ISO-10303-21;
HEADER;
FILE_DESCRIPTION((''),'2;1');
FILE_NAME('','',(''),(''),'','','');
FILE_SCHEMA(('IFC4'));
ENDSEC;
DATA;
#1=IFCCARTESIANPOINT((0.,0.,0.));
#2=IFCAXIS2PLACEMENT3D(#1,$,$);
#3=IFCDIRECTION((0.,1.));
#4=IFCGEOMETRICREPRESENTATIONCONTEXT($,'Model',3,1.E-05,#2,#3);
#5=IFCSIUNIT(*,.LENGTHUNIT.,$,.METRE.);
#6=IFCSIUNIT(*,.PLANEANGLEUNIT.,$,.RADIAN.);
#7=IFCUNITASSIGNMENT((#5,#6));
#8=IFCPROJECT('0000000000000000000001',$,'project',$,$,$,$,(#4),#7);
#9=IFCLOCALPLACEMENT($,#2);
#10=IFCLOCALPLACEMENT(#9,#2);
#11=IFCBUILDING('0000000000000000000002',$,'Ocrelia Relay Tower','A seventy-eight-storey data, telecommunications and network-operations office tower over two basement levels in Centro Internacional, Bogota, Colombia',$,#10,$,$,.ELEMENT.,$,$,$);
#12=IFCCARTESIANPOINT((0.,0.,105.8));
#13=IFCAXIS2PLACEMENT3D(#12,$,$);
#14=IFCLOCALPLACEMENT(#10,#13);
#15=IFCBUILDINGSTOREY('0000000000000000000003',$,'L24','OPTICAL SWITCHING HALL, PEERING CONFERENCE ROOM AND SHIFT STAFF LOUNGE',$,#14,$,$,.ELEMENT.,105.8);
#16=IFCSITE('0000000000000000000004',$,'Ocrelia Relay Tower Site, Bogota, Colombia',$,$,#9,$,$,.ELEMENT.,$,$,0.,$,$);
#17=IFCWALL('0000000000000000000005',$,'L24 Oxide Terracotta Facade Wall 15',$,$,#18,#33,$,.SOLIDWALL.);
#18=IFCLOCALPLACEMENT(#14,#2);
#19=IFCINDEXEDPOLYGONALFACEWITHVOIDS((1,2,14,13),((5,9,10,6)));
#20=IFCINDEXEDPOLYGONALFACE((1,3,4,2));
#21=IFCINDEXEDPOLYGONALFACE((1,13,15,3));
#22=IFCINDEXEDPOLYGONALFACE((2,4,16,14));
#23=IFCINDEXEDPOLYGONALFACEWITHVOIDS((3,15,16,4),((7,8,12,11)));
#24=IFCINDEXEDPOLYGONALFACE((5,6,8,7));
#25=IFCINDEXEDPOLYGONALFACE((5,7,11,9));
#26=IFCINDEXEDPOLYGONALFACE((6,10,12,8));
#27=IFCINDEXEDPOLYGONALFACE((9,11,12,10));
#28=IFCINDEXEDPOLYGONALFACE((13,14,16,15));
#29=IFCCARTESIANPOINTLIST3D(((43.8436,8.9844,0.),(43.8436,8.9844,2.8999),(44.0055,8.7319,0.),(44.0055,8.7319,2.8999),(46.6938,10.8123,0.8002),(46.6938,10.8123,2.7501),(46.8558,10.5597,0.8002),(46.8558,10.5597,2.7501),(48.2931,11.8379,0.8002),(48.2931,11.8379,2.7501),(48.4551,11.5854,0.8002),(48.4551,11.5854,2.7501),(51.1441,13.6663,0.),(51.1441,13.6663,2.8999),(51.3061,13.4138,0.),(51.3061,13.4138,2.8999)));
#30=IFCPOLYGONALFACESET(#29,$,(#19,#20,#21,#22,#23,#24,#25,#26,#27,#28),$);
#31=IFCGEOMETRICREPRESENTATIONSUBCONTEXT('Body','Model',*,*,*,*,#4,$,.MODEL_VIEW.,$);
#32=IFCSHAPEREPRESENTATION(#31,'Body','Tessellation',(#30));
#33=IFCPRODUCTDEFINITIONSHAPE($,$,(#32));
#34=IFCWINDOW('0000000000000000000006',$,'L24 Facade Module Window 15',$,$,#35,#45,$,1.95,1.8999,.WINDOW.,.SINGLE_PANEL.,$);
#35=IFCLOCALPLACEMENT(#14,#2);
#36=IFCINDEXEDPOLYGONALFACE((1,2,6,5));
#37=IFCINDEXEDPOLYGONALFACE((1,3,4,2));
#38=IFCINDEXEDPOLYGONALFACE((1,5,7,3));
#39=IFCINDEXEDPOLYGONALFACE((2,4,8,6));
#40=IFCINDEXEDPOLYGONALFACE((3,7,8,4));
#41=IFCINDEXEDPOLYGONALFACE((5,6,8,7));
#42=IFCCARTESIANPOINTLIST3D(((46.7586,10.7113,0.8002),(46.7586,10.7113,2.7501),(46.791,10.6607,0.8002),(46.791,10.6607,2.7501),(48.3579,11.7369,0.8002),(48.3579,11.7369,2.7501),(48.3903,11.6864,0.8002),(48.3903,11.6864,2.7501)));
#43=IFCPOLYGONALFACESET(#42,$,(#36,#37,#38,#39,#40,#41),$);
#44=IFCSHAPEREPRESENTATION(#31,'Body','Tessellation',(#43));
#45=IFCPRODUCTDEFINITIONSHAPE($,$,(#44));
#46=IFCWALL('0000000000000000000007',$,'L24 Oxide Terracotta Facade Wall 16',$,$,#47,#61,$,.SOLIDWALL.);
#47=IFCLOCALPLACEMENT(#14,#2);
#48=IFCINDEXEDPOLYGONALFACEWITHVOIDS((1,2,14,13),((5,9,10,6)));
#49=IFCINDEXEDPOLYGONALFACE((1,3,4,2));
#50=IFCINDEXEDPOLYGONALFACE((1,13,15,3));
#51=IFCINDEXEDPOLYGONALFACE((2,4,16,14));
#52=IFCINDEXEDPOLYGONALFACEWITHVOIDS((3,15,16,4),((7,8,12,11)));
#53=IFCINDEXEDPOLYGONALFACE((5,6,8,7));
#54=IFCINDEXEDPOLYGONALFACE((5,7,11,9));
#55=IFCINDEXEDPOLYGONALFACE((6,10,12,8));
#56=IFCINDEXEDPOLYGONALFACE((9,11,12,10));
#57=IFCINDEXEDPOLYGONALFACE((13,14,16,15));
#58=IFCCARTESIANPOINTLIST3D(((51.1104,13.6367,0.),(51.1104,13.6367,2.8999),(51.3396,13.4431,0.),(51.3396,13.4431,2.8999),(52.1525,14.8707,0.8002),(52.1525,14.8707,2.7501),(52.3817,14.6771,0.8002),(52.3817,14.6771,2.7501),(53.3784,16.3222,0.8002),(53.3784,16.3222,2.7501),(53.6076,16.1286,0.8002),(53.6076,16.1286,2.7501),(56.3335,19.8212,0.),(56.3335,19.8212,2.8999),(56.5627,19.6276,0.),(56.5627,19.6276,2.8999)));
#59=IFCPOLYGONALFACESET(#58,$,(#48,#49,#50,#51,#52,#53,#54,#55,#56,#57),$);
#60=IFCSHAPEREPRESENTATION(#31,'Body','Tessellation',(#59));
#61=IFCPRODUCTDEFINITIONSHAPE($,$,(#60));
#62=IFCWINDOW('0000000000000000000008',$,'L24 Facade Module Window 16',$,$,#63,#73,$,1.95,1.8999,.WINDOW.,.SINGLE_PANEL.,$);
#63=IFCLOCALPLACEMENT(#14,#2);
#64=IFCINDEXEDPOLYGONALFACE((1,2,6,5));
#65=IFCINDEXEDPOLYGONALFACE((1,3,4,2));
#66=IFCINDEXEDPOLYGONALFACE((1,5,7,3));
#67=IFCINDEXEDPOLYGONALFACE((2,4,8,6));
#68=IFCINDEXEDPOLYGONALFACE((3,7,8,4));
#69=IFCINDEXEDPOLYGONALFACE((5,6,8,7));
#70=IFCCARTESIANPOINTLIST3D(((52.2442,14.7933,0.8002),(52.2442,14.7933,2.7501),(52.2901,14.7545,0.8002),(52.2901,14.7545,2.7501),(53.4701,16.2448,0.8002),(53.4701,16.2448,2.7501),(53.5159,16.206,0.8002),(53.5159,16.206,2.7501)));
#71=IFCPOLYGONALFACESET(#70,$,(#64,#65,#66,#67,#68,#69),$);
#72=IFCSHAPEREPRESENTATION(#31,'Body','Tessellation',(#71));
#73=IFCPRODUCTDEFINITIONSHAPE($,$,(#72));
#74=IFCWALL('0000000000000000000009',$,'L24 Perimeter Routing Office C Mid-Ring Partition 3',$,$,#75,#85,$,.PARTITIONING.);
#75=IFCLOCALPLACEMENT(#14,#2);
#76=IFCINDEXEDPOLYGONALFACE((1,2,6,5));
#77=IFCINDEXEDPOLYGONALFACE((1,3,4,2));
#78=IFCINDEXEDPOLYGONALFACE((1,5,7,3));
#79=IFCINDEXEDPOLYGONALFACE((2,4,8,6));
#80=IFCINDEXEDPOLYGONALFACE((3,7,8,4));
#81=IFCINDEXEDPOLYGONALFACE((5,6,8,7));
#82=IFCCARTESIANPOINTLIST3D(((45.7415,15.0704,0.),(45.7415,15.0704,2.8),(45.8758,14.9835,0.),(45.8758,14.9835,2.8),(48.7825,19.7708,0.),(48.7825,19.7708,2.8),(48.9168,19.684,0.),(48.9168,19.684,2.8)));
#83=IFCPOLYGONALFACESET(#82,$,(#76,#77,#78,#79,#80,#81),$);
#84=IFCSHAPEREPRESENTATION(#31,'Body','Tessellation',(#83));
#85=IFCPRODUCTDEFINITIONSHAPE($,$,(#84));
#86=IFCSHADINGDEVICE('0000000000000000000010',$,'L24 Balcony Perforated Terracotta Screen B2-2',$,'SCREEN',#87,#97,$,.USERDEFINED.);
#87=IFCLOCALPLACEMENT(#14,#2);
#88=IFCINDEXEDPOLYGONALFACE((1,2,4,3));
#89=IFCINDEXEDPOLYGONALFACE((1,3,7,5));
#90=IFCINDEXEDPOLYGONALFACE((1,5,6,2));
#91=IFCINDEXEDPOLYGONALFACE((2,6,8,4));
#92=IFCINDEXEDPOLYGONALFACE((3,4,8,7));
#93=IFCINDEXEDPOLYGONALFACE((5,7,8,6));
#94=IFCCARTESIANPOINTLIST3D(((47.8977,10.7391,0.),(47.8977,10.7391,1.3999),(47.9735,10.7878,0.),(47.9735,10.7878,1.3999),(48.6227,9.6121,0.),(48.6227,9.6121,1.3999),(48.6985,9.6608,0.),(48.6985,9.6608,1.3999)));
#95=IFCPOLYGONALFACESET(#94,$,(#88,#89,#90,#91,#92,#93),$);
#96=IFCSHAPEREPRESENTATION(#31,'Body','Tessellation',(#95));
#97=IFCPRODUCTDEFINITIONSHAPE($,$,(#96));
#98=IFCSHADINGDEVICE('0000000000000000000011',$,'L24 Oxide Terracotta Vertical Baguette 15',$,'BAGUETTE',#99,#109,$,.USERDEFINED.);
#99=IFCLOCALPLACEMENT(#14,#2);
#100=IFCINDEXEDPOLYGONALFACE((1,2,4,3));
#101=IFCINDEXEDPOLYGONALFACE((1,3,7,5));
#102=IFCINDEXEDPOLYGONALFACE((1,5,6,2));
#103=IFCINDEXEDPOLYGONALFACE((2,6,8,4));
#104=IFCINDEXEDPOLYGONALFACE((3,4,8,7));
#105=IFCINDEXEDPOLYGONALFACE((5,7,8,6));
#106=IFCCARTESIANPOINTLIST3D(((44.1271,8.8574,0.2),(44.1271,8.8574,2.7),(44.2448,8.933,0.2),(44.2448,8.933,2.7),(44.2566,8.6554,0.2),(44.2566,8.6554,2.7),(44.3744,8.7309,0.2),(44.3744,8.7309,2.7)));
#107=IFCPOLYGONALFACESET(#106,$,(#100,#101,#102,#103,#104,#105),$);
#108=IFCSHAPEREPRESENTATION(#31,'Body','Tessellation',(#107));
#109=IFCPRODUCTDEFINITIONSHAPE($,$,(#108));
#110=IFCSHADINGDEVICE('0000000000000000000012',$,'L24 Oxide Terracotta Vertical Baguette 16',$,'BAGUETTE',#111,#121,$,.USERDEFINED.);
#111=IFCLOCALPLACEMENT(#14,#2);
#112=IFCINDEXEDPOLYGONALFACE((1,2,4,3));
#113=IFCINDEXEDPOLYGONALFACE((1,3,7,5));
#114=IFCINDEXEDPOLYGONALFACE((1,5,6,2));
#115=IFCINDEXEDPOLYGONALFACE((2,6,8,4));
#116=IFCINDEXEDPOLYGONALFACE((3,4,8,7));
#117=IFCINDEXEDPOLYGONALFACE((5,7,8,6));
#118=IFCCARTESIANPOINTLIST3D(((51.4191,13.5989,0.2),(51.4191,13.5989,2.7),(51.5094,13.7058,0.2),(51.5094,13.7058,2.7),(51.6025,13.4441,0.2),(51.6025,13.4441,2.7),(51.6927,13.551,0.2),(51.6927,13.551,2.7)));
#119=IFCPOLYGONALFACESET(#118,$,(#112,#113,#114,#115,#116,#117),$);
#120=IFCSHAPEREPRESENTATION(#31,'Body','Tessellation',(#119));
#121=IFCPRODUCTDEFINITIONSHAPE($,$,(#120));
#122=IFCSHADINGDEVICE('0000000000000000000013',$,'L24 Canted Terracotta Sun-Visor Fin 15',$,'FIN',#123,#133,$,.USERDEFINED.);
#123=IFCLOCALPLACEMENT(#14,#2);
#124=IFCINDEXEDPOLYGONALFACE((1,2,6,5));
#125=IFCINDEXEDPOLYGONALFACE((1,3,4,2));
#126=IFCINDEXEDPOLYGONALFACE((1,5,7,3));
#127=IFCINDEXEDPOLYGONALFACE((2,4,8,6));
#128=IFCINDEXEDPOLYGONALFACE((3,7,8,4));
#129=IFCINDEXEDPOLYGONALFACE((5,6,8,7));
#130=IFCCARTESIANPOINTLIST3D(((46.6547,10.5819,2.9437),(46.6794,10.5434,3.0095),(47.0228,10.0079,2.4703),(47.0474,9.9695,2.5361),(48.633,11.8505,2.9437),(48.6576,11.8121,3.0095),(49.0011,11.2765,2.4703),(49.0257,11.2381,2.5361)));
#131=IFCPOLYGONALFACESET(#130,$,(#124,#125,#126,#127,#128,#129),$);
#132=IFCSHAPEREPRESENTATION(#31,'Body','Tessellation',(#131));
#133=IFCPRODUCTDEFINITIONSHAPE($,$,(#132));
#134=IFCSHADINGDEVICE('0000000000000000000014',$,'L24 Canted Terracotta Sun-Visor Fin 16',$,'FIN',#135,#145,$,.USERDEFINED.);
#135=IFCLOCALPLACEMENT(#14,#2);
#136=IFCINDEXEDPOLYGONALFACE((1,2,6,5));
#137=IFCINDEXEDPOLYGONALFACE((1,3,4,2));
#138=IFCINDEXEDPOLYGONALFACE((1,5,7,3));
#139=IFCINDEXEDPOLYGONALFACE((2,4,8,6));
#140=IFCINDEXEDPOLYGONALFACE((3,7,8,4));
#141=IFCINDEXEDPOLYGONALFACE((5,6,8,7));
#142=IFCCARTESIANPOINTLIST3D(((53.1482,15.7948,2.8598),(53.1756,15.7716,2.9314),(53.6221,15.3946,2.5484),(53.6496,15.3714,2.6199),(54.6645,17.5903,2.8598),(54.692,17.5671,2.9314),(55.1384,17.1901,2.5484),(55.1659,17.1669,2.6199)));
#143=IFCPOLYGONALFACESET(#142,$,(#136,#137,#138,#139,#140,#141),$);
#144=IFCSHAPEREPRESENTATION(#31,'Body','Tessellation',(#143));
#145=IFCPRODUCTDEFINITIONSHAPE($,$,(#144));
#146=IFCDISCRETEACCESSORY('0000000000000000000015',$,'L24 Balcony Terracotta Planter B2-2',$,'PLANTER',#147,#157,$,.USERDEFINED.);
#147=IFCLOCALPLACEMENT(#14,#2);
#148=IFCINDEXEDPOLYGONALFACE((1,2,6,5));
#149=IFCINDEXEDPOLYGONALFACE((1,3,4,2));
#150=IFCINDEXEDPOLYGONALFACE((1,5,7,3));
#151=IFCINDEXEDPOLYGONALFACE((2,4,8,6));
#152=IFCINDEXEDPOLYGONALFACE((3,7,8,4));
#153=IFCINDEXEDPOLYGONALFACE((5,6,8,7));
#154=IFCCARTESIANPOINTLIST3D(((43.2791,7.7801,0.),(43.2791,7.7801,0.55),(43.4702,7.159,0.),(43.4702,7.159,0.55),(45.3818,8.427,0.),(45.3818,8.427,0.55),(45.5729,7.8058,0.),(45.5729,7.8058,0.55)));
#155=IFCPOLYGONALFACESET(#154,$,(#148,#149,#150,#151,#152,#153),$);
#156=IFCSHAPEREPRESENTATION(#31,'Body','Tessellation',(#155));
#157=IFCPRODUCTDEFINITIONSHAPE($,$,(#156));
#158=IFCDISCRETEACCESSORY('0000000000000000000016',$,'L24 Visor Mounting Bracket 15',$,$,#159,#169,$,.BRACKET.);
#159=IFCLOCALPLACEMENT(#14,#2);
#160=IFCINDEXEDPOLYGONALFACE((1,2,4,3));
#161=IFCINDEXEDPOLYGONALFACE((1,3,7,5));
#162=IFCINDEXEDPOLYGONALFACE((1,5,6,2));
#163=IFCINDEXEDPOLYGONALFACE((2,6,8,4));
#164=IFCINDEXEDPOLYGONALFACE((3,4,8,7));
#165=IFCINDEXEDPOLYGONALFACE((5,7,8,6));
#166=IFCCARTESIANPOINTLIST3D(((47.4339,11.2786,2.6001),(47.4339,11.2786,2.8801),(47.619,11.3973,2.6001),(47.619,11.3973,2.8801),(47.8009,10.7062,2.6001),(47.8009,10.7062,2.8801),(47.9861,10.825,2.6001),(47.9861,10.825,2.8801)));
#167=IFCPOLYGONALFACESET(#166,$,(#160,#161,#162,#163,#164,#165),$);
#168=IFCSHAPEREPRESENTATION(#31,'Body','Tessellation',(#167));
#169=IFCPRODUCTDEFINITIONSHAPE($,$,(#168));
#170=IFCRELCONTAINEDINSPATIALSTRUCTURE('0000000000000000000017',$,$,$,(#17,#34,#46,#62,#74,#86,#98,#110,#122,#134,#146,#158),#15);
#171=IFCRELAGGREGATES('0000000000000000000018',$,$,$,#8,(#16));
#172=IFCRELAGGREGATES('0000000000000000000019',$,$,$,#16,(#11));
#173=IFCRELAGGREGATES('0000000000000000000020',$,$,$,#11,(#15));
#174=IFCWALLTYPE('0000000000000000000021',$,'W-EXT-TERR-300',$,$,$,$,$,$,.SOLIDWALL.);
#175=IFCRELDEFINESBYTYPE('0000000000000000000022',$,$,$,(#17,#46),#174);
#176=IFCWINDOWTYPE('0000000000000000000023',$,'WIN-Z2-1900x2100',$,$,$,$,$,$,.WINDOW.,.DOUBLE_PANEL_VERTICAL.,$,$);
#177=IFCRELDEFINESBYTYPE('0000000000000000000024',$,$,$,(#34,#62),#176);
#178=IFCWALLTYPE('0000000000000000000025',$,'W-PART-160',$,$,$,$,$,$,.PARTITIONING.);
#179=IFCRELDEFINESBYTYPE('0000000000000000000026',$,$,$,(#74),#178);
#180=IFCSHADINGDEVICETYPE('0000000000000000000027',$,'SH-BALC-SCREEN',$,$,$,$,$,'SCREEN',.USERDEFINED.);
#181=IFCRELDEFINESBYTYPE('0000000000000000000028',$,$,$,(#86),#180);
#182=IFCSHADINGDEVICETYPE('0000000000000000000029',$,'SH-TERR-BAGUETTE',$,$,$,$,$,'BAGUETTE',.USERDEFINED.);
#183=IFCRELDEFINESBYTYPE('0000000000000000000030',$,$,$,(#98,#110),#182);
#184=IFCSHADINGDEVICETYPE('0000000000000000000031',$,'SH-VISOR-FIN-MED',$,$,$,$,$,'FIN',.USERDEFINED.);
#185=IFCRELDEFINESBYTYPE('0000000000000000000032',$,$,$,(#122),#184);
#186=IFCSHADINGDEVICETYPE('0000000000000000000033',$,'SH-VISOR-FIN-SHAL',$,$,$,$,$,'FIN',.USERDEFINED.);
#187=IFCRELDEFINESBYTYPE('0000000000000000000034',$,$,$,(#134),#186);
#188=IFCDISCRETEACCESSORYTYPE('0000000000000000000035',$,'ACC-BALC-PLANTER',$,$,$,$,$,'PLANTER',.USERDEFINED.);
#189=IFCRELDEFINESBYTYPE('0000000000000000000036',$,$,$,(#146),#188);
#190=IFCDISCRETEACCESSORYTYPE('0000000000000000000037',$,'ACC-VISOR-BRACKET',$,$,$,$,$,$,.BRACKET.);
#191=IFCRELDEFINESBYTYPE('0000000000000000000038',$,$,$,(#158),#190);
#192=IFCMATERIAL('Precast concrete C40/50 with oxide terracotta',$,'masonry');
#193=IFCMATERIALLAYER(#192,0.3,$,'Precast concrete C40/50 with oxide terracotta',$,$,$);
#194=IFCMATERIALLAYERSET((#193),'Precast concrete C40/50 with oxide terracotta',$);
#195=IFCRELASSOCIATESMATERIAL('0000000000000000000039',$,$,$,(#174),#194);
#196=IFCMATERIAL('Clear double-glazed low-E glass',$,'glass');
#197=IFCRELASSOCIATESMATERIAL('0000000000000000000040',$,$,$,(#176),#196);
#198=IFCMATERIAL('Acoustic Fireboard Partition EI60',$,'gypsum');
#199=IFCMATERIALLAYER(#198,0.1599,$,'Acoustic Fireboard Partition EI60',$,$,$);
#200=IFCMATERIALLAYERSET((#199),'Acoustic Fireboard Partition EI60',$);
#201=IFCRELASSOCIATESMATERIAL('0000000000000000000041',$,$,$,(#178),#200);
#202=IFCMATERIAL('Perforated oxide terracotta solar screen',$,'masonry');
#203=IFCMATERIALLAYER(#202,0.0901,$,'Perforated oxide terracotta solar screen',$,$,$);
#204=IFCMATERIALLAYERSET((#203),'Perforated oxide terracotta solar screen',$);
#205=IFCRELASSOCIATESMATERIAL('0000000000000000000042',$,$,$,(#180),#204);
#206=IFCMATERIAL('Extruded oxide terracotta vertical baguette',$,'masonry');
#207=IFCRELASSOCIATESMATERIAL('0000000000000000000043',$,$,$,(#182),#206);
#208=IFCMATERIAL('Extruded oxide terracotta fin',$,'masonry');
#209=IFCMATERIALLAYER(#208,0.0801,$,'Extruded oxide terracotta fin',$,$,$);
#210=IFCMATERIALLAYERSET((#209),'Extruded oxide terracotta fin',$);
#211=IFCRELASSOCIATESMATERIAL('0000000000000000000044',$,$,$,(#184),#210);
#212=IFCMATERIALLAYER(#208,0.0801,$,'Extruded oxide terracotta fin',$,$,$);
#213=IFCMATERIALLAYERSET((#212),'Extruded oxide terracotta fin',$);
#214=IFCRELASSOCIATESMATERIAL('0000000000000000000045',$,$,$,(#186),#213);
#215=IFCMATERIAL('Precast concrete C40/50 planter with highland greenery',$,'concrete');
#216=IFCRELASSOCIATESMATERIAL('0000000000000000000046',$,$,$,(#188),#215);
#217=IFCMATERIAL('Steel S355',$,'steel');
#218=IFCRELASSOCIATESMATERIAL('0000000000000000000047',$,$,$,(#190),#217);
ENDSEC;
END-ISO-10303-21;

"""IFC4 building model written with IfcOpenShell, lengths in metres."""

from ifc_helpers import new_model, si_unit, direction, frame, frame_2d, origin, origin_2d, place, context, subcontext, project, spatial, rectangle, extrude, material, layer, layer_set, type_object, element, fill, save


model = new_model("IFC4")

# Units and contexts
model_context = context("Model", 3, precision=1e-05, world=origin(), true_north=direction((0.0, 1.0)))
body_context = subcontext(model_context, "Body", "Model", "MODEL_VIEW")
ifc_project = project(units=[si_unit("LENGTHUNIT", "METRE"), si_unit("PLANEANGLEUNIT", "RADIAN")], contexts=[model_context])

# Site, building, storey
site_placement = place(None, origin())
site = spatial("IfcSite", under=ifc_project, at=site_placement, Name="Ocrelia Relay Tower Site, Bogota, Colombia", CompositionType="ELEMENT", RefElevation=0.0)
building_placement = place(site_placement, origin())
building = spatial("IfcBuilding", under=site, at=building_placement, Name="Ocrelia Relay Tower", Description="A seventy-eight-storey data, telecommunications and network-operations office tower over two basement levels in Centro Internacional, Bogota, Colombia", CompositionType="ELEMENT")
storey_placement = place(building_placement, frame((0.0, 0.0, 105.8)))
storey = spatial("IfcBuildingStorey", under=building, at=storey_placement, Name="L24", Description="OPTICAL SWITCHING HALL, PEERING CONFERENCE ROOM AND SHIFT STAFF LOUNGE", CompositionType="ELEMENT", Elevation=105.8)

# Shared definitions
ifc_material_1 = material(Name="Steel S355", Category="steel")

# Walls, openings, windows
ifc_material_2 = material(Name="Precast concrete C40/50 with oxide terracotta", Category="masonry")
ifc_layer_1 = layer(ifc_material_2, 0.3, Name="Precast concrete C40/50 with oxide terracotta")
ifc_layer_set_1 = layer_set([ifc_layer_1], Name="Precast concrete C40/50 with oxide terracotta")
wall_type_1 = type_object("IfcWallType", Name="W-EXT-TERR-300", PredefinedType="SOLIDWALL", material=ifc_layer_set_1)
wall_1_placement = place(storey_placement, frame((43.9246, 8.8582, 0.0), z_axis=(0.0, 0.0, 1.0), x_axis=(0.841772, 0.539834, 0.0)))
wall_1 = element("IfcWall", 1, at=wall_1_placement, inside=storey, type_object=wall_type_1, Name="L24 Oxide Terracotta Facade Wall 15", PredefinedType="SOLIDWALL", context=body_context, shape_type="SweptSolid", body=[
    extrude(rectangle(XDim=8.6729, YDim=0.3, at=frame_2d((4.3364, 0.0))), origin(), (0.0, 0.0, 1.0), 2.8999),
])
opening_1_placement = place(wall_1_placement, frame((3.386, 0.0, 0.8)))
opening_1 = element("IfcOpeningElement", 2, at=opening_1_placement, cuts=wall_1, PredefinedType="OPENING", context=body_context, shape_type="SweptSolid", body=[
    extrude(rectangle(XDim=1.8999, YDim=1.95, at=frame_2d((0.95, 0.9751))), frame((0.0, 0.1602, 0.0), z_axis=(0.0, -1.0, 0.0), x_axis=(1.0, 0.0, 0.0)), (0.0, 0.0, 1.0), 0.3201),
])
ifc_material_3 = material(Name="Clear double-glazed low-E glass", Category="glass")
window_type = type_object("IfcWindowType", Name="WIN-Z2-1900x2100", PartitioningType="DOUBLE_PANEL_VERTICAL", PredefinedType="WINDOW", material=ifc_material_3)
window_1_placement = place(opening_1_placement, origin())
window_1 = element("IfcWindow", 3, at=window_1_placement, inside=storey, type_object=window_type, Name="L24 Facade Module Window 15", OverallHeight=1.95, OverallWidth=1.8999, PartitioningType="SINGLE_PANEL", PredefinedType="WINDOW", context=body_context, shape_type="SweptSolid", body=[
    extrude(rectangle(XDim=1.8999, YDim=1.95, at=frame_2d((0.95, 0.9751))), frame((0.0, 0.03, 0.0), z_axis=(0.0, -1.0, 0.0), x_axis=(1.0, 0.0, 0.0)), (0.0, 0.0, 1.0), 0.0601),
])
fill(opening_1, window_1)
wall_2_placement = place(storey_placement, frame((51.2251, 13.54, 0.0), z_axis=(0.0, 0.0, 1.0), x_axis=(0.645225, 0.763992, 0.0)))
wall_2 = element("IfcWall", 4, at=wall_2_placement, inside=storey, type_object=wall_type_1, Name="L24 Oxide Terracotta Facade Wall 16", PredefinedType="SOLIDWALL", context=body_context, shape_type="SweptSolid", body=[
    extrude(rectangle(XDim=8.095, YDim=0.3, at=frame_2d((4.0474, 0.0))), origin(), (0.0, 0.0, 1.0), 2.8999),
])
opening_2_placement = place(wall_2_placement, frame((1.615, 0.0, 0.8)))
opening_2 = element("IfcOpeningElement", 5, at=opening_2_placement, cuts=wall_2, PredefinedType="OPENING", context=body_context, shape_type="SweptSolid", body=[
    extrude(rectangle(XDim=1.8999, YDim=1.95, at=frame_2d((0.95, 0.9751))), frame((0.0, 0.1602, 0.0), z_axis=(0.0, -1.0, 0.0), x_axis=(1.0, 0.0, 0.0)), (0.0, 0.0, 1.0), 0.3201),
])
window_2_placement = place(opening_2_placement, origin())
window_2 = element("IfcWindow", 6, at=window_2_placement, inside=storey, type_object=window_type, Name="L24 Facade Module Window 16", OverallHeight=1.95, OverallWidth=1.8999, PartitioningType="SINGLE_PANEL", PredefinedType="WINDOW", context=body_context, shape_type="SweptSolid", body=[
    extrude(rectangle(XDim=1.8999, YDim=1.95, at=frame_2d((0.95, 0.9751))), frame((0.0, 0.03, 0.0), z_axis=(0.0, -1.0, 0.0), x_axis=(1.0, 0.0, 0.0)), (0.0, 0.0, 1.0), 0.0601),
])
fill(opening_2, window_2)

# Wall
ifc_material_4 = material(Name="Acoustic Fireboard Partition EI60", Category="gypsum")
ifc_layer_2 = layer(ifc_material_4, 0.1599, Name="Acoustic Fireboard Partition EI60")
ifc_layer_set_2 = layer_set([ifc_layer_2], Name="Acoustic Fireboard Partition EI60")
wall_type_2 = type_object("IfcWallType", Name="W-PART-160", PredefinedType="PARTITIONING", material=ifc_layer_set_2)
wall_3_placement = place(storey_placement, frame((45.8086, 15.0269, 0.0), z_axis=(0.0, 0.0, 1.0), x_axis=(0.543195, 0.839606, 0.0)))
element("IfcWall", 7, at=wall_3_placement, inside=storey, type_object=wall_type_2, Name="L24 Perimeter Routing Office C Mid-Ring Partition 3", PredefinedType="PARTITIONING", context=body_context, shape_type="SweptSolid", body=[
    extrude(rectangle(XDim=5.5984, YDim=0.1599, at=frame_2d((2.7993, 0.0))), origin(), (0.0, 0.0, 1.0), 2.8),
])

# Shading devices
ifc_material_5 = material(Name="Perforated oxide terracotta solar screen", Category="masonry")
ifc_layer_3 = layer(ifc_material_5, 0.0901, Name="Perforated oxide terracotta solar screen")
ifc_layer_set_3 = layer_set([ifc_layer_3], Name="Perforated oxide terracotta solar screen")
shading_device_type_1 = type_object("IfcShadingDeviceType", Name="SH-BALC-SCREEN", ElementType="SCREEN", PredefinedType="USERDEFINED", material=ifc_layer_set_3)
shading_device_1_placement = place(storey_placement, frame((48.2981, 10.2, 0.0), z_axis=(0.0, 0.0, 1.0), x_axis=(0.54103, -0.841004, 0.0)))
element("IfcShadingDevice", 8, at=shading_device_1_placement, inside=storey, type_object=shading_device_type_1, Name="L24 Balcony Perforated Terracotta Screen B2-2", ObjectType="SCREEN", PredefinedType="USERDEFINED", context=body_context, shape_type="SweptSolid", body=[
    extrude(rectangle(XDim=1.3401, YDim=0.0901, at=origin_2d()), origin(), (0.0, 0.0, 1.0), 1.3999),
])
ifc_material_6 = material(Name="Extruded oxide terracotta vertical baguette", Category="masonry")
shading_device_type_2 = type_object("IfcShadingDeviceType", Name="SH-TERR-BAGUETTE", ElementType="BAGUETTE", PredefinedType="USERDEFINED", material=ifc_material_6)
for number, where, z_axis, x_axis, name in (
    (9, (44.2507, 8.7942, 0.2), (0.0, 0.0, 1.0), (0.841781, 0.539818, 0.0), "L24 Oxide Terracotta Vertical Baguette 15"),
    (10, (51.5559, 13.575, 0.2), (0.0, 0.0, 1.0), (0.645214, 0.764002, 0.0), "L24 Oxide Terracotta Vertical Baguette 16"),
):
    element("IfcShadingDevice", number, at=place(storey_placement, frame(where, z_axis=z_axis, x_axis=x_axis)), inside=storey, type_object=shading_device_type_2, Name=name, ObjectType="BAGUETTE", PredefinedType="USERDEFINED", context=body_context, shape_type="SweptSolid", body=[
        extrude(rectangle(XDim=0.1399, YDim=0.24, at=origin_2d()), origin(), (0.0, 0.0, 1.0), 2.5),
    ])
ifc_material_7 = material(Name="Extruded oxide terracotta fin", Category="masonry")
ifc_layer_4 = layer(ifc_material_7, 0.0801, Name="Extruded oxide terracotta fin")
ifc_layer_set_4 = layer_set([ifc_layer_4], Name="Extruded oxide terracotta fin")
shading_device_type_3 = type_object("IfcShadingDeviceType", Name="SH-VISOR-FIN-MED", ElementType="FIN", PredefinedType="USERDEFINED", material=ifc_layer_set_4)
shading_device_2_placement = place(storey_placement, frame((47.8279, 10.9292, 2.707), z_axis=(0.30785, -0.480054, 0.821448), x_axis=(0.841781, 0.539818, 0.0)))
element("IfcShadingDevice", 11, at=shading_device_2_placement, inside=storey, type_object=shading_device_type_3, Name="L24 Canted Terracotta Sun-Visor Fin 15", ObjectType="FIN", PredefinedType="USERDEFINED", context=body_context, shape_type="SweptSolid", body=[
    extrude(rectangle(XDim=2.3501, YDim=0.8301, at=origin_2d()), origin(), (0.0, 0.0, 1.0), 0.0801),
])
ifc_layer_5 = layer(ifc_material_7, 0.0801, Name="Extruded oxide terracotta fin")
ifc_layer_set_5 = layer_set([ifc_layer_5], Name="Extruded oxide terracotta fin")
shading_device_type_4 = type_object("IfcShadingDeviceType", Name="SH-VISOR-FIN-SHAL", ElementType="FIN", PredefinedType="USERDEFINED", material=ifc_layer_set_5)
shading_device_3_placement = place(storey_placement, frame((54.1433, 16.4924, 2.7041), z_axis=(0.342804, -0.289505, 0.893685), x_axis=(0.645214, 0.764002, 0.0)))
element("IfcShadingDevice", 12, at=shading_device_3_placement, inside=storey, type_object=shading_device_type_4, Name="L24 Canted Terracotta Sun-Visor Fin 16", ObjectType="FIN", PredefinedType="USERDEFINED", context=body_context, shape_type="SweptSolid", body=[
    extrude(rectangle(XDim=2.3501, YDim=0.6941, at=origin_2d()), origin(), (0.0, 0.0, 1.0), 0.0801),
])

# Discrete accessories
ifc_material_8 = material(Name="Precast concrete C40/50 planter with highland greenery", Category="concrete")
discrete_accessory_type_1 = type_object("IfcDiscreteAccessoryType", Name="ACC-BALC-PLANTER", ElementType="PLANTER", PredefinedType="USERDEFINED", material=ifc_material_8)
discrete_accessory_1_placement = place(storey_placement, frame((44.426, 7.793, 0.0), z_axis=(0.0, 0.0, 1.0), x_axis=(-0.955795, -0.294035, 0.0)))
element("IfcDiscreteAccessory", 13, at=discrete_accessory_1_placement, inside=storey, type_object=discrete_accessory_type_1, Name="L24 Balcony Terracotta Planter B2-2", ObjectType="PLANTER", PredefinedType="USERDEFINED", context=body_context, shape_type="SweptSolid", body=[
    extrude(rectangle(XDim=2.2, YDim=0.6499, at=origin_2d()), origin(), (0.0, 0.0, 1.0), 0.55),
])
discrete_accessory_type_2 = type_object("IfcDiscreteAccessoryType", Name="ACC-VISOR-BRACKET", PredefinedType="BRACKET", material=ifc_material_1)
discrete_accessory_2_placement = place(storey_placement, frame((47.71, 11.0518, 2.6001), z_axis=(0.0, 0.0, 1.0), x_axis=(0.841781, 0.539818, 0.0)))
element("IfcDiscreteAccessory", 14, at=discrete_accessory_2_placement, inside=storey, type_object=discrete_accessory_type_2, Name="L24 Visor Mounting Bracket 15", PredefinedType="BRACKET", context=body_context, shape_type="SweptSolid", body=[
    extrude(rectangle(XDim=0.22, YDim=0.6799, at=origin_2d()), origin(), (0.0, 0.0, 1.0), 0.28),
])

save(model, "model.ifc")
